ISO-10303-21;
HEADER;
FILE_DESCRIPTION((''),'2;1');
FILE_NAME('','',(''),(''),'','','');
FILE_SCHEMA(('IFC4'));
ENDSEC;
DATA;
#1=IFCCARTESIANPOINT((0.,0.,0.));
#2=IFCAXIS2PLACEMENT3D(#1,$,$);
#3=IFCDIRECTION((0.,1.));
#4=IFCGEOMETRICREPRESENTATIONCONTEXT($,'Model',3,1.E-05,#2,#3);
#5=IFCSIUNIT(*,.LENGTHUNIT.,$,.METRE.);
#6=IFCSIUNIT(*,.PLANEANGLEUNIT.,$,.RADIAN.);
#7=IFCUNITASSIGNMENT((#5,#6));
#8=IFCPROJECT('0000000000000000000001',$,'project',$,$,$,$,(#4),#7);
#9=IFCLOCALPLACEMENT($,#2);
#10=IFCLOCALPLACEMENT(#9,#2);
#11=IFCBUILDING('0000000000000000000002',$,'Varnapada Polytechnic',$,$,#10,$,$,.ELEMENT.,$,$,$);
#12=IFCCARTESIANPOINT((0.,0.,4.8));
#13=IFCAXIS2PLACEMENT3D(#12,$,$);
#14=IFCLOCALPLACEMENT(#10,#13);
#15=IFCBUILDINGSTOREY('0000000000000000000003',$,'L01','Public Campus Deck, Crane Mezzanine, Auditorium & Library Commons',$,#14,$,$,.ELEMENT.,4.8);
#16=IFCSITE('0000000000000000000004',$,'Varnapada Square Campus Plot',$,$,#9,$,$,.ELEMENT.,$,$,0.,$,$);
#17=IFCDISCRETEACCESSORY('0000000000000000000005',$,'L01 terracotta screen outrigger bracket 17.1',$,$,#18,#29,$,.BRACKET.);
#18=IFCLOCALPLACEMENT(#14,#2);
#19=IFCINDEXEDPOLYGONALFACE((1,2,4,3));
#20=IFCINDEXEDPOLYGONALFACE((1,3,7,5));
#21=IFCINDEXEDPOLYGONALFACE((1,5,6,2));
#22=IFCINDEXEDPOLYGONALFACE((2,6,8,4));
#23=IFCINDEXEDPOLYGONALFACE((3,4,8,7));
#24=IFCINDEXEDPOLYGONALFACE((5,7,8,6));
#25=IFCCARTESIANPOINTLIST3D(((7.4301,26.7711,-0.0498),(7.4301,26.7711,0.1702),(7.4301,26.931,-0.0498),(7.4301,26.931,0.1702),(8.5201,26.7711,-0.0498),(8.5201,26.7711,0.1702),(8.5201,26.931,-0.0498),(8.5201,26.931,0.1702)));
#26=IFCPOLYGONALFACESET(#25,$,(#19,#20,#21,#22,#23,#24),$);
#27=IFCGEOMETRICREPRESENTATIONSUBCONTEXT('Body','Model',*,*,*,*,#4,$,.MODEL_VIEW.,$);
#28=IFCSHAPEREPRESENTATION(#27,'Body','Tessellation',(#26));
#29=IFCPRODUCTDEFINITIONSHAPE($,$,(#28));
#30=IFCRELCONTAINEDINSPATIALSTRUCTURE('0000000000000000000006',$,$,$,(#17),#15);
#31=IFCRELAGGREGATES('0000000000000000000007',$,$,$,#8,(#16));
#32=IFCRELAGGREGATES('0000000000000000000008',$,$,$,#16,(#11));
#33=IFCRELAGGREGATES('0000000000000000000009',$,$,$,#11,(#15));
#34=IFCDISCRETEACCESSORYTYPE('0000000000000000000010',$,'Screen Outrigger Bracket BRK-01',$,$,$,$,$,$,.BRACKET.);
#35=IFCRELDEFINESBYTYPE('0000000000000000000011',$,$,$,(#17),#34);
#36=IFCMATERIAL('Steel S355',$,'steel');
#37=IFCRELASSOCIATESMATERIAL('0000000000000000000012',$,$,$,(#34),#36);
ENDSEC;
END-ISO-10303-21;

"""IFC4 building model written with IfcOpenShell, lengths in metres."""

from ifc_helpers import new_model, si_unit, direction, frame, origin, origin_2d, place, context, subcontext, project, spatial, rectangle, extrude, material, type_object, element, save


model = new_model("IFC4")

# Units and contexts
model_context = context("Model", 3, precision=1e-05, world=origin(), true_north=direction((0.0, 1.0)))
body_context = subcontext(model_context, "Body", "Model", "MODEL_VIEW")
ifc_project = project(units=[si_unit("LENGTHUNIT", "METRE"), si_unit("PLANEANGLEUNIT", "RADIAN")], contexts=[model_context])

# Site, building, storey
site_placement = place(None, origin())
site = spatial("IfcSite", under=ifc_project, at=site_placement, Name="Varnapada Square Campus Plot", CompositionType="ELEMENT", RefElevation=0.0)
building_placement = place(site_placement, origin())
building = spatial("IfcBuilding", under=site, at=building_placement, Name="Varnapada Polytechnic", CompositionType="ELEMENT")
storey_placement = place(building_placement, frame((0.0, 0.0, 4.8)))
storey = spatial("IfcBuildingStorey", under=building, at=storey_placement, Name="L01", Description="Public Campus Deck, Crane Mezzanine, Auditorium & Library Commons", CompositionType="ELEMENT", Elevation=4.8)

# Discrete accessory
ifc_material_1 = material(Name="Steel S355", Category="steel")
discrete_accessory_type = type_object("IfcDiscreteAccessoryType", Name="Screen Outrigger Bracket BRK-01", PredefinedType="BRACKET", material=ifc_material_1)
for number, where, z_axis, x_axis, name in (
    (1, (7.9751, 26.8511, -0.0498), (0.0, 0.0, 1.0), (0.0, 1.0, 0.0), "L01 terracotta screen outrigger bracket 17.1"),
):
    element("IfcDiscreteAccessory", number, at=place(storey_placement, frame(where, z_axis=z_axis, x_axis=x_axis)), inside=storey, type_object=discrete_accessory_type, Name=name, PredefinedType="BRACKET", context=body_context, shape_type="SweptSolid", body=[
        extrude(rectangle(XDim=0.1599, YDim=1.0901, at=origin_2d()), origin(), (0.0, 0.0, 1.0), 0.22),
    ])

save(model, "model.ifc")
